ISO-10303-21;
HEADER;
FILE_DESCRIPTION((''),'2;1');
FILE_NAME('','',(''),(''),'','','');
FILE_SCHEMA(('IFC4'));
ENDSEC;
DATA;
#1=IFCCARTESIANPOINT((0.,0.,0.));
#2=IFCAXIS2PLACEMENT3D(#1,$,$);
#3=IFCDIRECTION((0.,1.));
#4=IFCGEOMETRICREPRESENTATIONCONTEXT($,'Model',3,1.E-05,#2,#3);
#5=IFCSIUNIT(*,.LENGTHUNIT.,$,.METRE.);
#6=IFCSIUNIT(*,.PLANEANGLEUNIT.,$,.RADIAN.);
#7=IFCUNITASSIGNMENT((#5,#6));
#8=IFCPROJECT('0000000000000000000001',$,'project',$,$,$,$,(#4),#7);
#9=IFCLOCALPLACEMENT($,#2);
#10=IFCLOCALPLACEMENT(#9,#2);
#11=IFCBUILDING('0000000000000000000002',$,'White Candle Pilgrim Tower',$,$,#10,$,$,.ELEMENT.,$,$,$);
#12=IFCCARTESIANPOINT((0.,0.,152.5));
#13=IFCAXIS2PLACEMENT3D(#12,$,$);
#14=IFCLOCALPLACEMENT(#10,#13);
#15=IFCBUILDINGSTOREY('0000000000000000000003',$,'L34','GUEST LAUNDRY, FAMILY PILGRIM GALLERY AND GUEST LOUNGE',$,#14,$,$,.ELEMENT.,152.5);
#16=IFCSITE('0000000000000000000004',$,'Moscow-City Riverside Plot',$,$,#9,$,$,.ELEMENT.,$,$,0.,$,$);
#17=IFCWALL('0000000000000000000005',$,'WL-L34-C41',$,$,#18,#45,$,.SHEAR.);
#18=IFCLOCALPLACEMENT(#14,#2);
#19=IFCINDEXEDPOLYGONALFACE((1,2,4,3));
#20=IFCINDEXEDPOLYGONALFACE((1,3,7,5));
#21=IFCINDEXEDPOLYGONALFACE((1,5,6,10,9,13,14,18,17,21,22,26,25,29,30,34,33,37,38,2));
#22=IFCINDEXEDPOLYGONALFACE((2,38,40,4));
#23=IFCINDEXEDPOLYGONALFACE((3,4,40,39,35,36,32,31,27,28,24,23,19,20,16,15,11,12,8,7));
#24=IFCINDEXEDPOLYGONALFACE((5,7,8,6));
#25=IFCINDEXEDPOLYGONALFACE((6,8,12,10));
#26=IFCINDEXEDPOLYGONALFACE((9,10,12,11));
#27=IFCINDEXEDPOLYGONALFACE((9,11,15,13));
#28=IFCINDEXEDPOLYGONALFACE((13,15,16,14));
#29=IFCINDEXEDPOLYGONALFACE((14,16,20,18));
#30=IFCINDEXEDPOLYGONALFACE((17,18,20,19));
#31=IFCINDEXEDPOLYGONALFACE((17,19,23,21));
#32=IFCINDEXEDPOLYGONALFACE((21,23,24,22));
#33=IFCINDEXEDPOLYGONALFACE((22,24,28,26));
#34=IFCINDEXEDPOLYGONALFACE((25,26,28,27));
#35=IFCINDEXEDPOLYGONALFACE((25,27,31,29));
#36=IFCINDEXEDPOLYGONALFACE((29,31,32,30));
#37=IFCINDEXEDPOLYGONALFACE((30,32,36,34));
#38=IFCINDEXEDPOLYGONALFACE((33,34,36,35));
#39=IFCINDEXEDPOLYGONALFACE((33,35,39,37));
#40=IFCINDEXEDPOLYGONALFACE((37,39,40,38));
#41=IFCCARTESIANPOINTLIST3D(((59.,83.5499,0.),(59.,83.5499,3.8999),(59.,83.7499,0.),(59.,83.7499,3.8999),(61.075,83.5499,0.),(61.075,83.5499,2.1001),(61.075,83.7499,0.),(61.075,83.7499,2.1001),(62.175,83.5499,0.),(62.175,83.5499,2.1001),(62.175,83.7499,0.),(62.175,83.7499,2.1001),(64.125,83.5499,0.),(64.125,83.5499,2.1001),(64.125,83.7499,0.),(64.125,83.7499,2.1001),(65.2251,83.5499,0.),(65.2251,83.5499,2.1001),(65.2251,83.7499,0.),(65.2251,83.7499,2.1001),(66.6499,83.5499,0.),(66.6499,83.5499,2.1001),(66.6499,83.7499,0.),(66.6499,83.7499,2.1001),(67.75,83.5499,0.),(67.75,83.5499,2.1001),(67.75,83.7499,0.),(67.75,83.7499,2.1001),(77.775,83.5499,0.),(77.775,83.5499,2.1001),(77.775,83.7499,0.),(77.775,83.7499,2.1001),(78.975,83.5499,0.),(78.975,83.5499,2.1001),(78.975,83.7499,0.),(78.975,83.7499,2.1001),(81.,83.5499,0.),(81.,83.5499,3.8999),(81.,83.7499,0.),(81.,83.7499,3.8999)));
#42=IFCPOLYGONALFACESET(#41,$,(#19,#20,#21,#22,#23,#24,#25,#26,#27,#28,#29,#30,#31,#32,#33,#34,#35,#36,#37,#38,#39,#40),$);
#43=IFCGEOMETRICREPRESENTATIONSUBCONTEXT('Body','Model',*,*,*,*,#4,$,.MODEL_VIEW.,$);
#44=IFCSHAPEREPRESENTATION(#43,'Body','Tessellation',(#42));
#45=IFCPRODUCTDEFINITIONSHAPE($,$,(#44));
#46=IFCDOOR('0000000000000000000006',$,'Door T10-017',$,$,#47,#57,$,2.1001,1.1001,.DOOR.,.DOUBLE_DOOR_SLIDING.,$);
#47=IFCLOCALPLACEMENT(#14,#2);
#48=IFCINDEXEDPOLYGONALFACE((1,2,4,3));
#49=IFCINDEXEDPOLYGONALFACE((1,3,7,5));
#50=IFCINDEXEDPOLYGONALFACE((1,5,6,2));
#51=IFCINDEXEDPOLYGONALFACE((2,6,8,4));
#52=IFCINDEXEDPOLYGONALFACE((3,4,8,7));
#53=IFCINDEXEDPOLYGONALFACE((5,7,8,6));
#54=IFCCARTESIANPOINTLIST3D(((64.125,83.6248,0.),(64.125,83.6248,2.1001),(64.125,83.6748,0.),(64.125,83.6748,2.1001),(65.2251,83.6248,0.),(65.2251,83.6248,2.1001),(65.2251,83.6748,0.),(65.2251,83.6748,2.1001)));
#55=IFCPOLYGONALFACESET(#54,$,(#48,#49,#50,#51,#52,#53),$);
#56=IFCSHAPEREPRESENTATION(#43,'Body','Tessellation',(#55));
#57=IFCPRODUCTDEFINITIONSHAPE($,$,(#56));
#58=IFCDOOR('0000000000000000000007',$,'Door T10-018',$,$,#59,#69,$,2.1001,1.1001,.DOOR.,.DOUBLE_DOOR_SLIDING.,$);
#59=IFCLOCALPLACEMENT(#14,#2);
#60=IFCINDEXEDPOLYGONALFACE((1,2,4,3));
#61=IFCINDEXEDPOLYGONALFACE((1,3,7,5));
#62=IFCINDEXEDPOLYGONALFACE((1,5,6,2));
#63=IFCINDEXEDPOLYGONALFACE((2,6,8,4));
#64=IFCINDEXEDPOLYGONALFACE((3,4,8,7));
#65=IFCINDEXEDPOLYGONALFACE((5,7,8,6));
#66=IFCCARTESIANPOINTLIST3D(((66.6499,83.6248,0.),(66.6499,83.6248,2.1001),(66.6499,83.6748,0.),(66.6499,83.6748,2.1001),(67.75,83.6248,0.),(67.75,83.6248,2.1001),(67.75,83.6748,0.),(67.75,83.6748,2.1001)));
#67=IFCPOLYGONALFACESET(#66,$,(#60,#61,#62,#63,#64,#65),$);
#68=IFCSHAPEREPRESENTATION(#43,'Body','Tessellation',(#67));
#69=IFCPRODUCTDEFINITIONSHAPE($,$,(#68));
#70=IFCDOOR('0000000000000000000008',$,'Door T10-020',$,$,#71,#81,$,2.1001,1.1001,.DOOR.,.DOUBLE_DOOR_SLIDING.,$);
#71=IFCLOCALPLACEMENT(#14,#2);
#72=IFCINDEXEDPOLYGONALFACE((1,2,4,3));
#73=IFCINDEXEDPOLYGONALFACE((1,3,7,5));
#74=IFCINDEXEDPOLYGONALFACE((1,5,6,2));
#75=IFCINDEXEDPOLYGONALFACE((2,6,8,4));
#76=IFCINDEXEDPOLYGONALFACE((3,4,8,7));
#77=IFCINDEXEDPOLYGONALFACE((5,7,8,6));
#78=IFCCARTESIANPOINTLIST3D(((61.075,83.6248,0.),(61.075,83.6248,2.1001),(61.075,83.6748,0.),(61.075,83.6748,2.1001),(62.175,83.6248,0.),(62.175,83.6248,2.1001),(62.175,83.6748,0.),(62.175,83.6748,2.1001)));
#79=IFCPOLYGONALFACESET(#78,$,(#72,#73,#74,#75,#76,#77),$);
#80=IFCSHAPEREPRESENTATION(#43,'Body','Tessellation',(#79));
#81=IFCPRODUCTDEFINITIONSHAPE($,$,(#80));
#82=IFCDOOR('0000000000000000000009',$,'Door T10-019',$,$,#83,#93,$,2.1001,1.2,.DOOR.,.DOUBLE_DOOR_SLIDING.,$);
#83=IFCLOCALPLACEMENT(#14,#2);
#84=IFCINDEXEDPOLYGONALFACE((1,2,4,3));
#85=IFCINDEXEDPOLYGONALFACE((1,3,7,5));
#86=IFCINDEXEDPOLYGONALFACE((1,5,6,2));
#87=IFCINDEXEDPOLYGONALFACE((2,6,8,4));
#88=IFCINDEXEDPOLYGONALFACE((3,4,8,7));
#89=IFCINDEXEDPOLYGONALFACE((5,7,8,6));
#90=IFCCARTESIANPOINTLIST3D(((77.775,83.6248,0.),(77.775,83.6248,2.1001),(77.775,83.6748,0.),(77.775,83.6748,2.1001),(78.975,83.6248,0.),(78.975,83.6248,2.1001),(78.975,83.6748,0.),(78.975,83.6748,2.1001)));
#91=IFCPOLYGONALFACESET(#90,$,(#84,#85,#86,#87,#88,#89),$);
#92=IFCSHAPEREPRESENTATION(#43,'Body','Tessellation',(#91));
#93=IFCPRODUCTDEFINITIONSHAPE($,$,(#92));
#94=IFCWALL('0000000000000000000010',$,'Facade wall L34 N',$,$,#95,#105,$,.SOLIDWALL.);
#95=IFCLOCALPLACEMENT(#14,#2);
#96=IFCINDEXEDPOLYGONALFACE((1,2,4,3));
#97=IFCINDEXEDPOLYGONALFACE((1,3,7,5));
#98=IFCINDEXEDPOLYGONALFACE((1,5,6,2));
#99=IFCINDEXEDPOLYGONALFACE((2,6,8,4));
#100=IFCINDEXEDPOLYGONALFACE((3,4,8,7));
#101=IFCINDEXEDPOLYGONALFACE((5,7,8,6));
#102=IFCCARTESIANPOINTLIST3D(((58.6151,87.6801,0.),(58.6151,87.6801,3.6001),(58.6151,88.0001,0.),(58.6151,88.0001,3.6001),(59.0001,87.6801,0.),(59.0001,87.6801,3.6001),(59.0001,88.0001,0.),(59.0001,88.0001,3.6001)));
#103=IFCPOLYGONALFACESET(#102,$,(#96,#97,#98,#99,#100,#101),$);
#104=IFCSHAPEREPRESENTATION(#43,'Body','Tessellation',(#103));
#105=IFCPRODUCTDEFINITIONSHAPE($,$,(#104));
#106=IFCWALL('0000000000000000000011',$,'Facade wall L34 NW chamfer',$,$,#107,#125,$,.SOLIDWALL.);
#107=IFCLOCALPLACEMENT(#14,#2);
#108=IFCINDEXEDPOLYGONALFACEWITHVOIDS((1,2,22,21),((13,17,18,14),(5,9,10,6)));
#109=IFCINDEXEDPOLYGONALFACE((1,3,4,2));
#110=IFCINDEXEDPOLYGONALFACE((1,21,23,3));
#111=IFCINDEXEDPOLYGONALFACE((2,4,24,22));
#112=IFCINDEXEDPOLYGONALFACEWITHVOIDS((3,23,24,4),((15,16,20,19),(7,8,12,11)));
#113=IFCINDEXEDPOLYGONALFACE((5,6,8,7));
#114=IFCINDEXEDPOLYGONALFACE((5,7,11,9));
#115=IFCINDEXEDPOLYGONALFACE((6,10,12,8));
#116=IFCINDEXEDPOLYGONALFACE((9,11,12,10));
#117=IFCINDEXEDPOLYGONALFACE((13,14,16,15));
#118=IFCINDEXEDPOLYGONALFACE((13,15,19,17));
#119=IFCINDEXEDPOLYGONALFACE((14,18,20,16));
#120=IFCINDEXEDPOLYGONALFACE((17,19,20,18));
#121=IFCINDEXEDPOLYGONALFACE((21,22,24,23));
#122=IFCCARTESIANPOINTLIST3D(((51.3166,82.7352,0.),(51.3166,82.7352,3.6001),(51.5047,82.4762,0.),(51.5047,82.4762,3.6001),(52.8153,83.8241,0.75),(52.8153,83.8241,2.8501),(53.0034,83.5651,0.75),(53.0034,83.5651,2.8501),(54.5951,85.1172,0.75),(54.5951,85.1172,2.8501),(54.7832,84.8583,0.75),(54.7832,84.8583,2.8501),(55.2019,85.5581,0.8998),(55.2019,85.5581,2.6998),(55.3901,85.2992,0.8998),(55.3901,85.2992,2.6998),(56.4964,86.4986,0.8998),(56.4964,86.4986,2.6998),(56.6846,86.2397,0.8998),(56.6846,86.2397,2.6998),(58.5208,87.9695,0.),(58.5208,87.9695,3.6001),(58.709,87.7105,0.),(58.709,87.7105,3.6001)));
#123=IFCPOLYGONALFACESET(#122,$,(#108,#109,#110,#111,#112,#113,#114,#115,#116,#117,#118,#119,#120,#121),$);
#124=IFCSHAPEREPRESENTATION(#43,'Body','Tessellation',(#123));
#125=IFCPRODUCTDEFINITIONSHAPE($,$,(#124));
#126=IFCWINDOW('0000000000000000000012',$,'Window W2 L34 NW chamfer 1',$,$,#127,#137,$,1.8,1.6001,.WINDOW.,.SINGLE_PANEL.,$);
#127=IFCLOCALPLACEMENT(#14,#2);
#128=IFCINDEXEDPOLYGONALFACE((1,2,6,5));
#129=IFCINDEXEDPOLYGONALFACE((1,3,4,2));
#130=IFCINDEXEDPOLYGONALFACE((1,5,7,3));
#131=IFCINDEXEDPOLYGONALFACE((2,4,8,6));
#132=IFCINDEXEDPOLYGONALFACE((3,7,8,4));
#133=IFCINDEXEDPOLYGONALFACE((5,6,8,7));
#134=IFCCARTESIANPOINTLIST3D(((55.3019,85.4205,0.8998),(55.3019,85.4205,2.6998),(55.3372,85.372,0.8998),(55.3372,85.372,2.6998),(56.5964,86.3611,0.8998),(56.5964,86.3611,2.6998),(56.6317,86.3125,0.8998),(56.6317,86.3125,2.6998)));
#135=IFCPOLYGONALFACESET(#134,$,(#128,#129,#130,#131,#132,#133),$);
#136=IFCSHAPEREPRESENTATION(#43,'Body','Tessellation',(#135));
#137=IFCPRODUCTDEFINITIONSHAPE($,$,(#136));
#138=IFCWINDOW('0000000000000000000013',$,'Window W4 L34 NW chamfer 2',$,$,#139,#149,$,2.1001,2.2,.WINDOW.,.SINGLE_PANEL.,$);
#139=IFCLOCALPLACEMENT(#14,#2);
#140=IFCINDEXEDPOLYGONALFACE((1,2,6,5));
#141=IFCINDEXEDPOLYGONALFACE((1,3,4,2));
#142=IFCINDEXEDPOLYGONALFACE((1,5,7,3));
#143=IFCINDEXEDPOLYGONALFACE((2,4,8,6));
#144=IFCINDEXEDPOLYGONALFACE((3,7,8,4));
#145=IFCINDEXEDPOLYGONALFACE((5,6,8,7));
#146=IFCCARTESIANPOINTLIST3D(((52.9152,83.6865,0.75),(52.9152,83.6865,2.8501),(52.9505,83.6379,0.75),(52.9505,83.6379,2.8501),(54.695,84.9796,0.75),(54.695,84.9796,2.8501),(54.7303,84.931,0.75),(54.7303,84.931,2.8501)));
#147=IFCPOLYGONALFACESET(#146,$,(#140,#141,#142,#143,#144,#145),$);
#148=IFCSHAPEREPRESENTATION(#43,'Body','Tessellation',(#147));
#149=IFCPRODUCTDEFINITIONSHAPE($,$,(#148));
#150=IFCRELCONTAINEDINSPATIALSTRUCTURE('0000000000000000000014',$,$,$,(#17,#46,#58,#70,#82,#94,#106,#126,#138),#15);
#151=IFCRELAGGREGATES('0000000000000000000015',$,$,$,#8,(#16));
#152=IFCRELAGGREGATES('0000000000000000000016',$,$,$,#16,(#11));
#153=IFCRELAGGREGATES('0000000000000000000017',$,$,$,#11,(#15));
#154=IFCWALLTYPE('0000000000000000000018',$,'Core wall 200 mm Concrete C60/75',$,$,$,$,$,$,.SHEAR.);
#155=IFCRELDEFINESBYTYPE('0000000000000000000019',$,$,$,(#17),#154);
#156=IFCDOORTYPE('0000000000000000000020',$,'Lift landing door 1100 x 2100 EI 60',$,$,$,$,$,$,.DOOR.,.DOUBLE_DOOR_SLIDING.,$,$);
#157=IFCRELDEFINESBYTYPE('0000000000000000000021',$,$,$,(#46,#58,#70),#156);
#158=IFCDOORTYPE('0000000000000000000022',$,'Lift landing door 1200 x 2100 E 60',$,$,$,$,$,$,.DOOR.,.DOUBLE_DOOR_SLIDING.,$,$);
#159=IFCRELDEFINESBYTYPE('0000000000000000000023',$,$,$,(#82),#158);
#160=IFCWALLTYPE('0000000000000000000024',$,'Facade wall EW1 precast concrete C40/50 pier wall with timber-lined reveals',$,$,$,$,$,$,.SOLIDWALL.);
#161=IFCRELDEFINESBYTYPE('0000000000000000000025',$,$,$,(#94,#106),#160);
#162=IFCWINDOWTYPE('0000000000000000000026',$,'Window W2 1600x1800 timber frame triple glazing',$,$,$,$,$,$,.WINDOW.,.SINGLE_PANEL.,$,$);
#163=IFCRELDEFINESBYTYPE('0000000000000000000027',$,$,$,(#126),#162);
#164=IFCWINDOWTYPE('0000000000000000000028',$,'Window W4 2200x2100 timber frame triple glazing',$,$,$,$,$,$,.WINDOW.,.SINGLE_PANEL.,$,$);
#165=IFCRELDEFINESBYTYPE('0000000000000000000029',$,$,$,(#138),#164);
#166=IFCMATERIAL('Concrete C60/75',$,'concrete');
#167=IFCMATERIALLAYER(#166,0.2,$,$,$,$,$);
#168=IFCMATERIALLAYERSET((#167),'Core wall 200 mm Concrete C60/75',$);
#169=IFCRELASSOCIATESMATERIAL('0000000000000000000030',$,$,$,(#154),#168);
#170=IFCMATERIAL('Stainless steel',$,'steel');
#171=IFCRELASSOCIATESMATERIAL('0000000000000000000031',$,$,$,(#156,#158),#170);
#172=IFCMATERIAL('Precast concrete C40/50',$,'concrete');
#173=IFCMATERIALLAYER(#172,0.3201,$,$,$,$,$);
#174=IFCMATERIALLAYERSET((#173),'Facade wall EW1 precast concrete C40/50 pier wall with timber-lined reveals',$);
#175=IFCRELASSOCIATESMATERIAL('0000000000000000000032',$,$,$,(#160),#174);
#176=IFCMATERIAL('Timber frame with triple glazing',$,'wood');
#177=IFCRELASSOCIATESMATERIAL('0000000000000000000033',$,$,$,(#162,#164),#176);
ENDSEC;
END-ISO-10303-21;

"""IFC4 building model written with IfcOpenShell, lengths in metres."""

from ifc_helpers import new_model, si_unit, direction, frame, frame_2d, origin, place, context, subcontext, project, spatial, rectangle, extrude, material, layer, layer_set, type_object, element, fill, save


model = new_model("IFC4")

# Units and contexts
model_context = context("Model", 3, precision=1e-05, world=origin(), true_north=direction((0.0, 1.0)))
body_context = subcontext(model_context, "Body", "Model", "MODEL_VIEW")
ifc_project = project(units=[si_unit("LENGTHUNIT", "METRE"), si_unit("PLANEANGLEUNIT", "RADIAN")], contexts=[model_context])

# Site, building, storey
site_placement = place(None, origin())
site = spatial("IfcSite", under=ifc_project, at=site_placement, Name="Moscow-City Riverside Plot", CompositionType="ELEMENT", RefElevation=0.0)
building_placement = place(site_placement, origin())
building = spatial("IfcBuilding", under=site, at=building_placement, Name="White Candle Pilgrim Tower", CompositionType="ELEMENT")
storey_placement = place(building_placement, frame((0.0, 0.0, 152.5)))
storey = spatial("IfcBuildingStorey", under=building, at=storey_placement, Name="L34", Description="GUEST LAUNDRY, FAMILY PILGRIM GALLERY AND GUEST LOUNGE", CompositionType="ELEMENT", Elevation=152.5)

# Shared definitions
ifc_material_1 = material(Name="Concrete C60/75", Category="concrete")
ifc_layer_1 = layer(ifc_material_1, 0.2)
ifc_layer_set_1 = layer_set([ifc_layer_1], Name="Core wall 200 mm Concrete C60/75")
wall_type_1 = type_object("IfcWallType", Name="Core wall 200 mm Concrete C60/75", PredefinedType="SHEAR", material=ifc_layer_set_1)

# Wall, openings, doors
wall_1_placement = place(storey_placement, frame((59.0, 83.6499, 0.0), z_axis=(0.0, 0.0, 1.0), x_axis=(1.0, 0.0, 0.0)))
wall_1 = element("IfcWall", 1, at=wall_1_placement, inside=storey, type_object=wall_type_1, Name="WL-L34-C41", PredefinedType="SHEAR", context=body_context, shape_type="SweptSolid", body=[
    extrude(rectangle(XDim=22.0, YDim=0.2, at=frame_2d((11.0, 0.0))), origin(), (0.0, 0.0, 1.0), 3.8999),
])
opening_1_placement = place(wall_1_placement, frame((5.125, 0.0, 0.0)))
opening_1 = element("IfcOpeningElement", 2, at=opening_1_placement, cuts=wall_1, PredefinedType="OPENING", context=body_context, shape_type="SweptSolid", body=[
    extrude(rectangle(XDim=1.1001, YDim=2.1001, at=frame_2d((0.55, 1.05))), frame((0.0, 0.1099, 0.0), z_axis=(0.0, -1.0, 0.0), x_axis=(1.0, 0.0, 0.0)), (0.0, 0.0, 1.0), 0.22),
])
opening_2_placement = place(wall_1_placement, frame((7.6499, 0.0, 0.0)))
opening_2 = element("IfcOpeningElement", 3, at=opening_2_placement, cuts=wall_1, PredefinedType="OPENING", context=body_context, shape_type="SweptSolid", body=[
    extrude(rectangle(XDim=1.1001, YDim=2.1001, at=frame_2d((0.55, 1.05))), frame((0.0, 0.1099, 0.0), z_axis=(0.0, -1.0, 0.0), x_axis=(1.0, 0.0, 0.0)), (0.0, 0.0, 1.0), 0.22),
])
opening_3_placement = place(wall_1_placement, frame((18.7749, 0.0, 0.0)))
opening_3 = element("IfcOpeningElement", 4, at=opening_3_placement, cuts=wall_1, PredefinedType="OPENING", context=body_context, shape_type="SweptSolid", body=[
    extrude(rectangle(XDim=1.2, YDim=2.1001, at=frame_2d((0.6001, 1.05))), frame((0.0, 0.1099, 0.0), z_axis=(0.0, -1.0, 0.0), x_axis=(1.0, 0.0, 0.0)), (0.0, 0.0, 1.0), 0.22),
])
opening_4_placement = place(wall_1_placement, frame((2.075, 0.0, 0.0)))
opening_4 = element("IfcOpeningElement", 5, at=opening_4_placement, cuts=wall_1, PredefinedType="OPENING", context=body_context, shape_type="SweptSolid", body=[
    extrude(rectangle(XDim=1.1001, YDim=2.1001, at=frame_2d((0.55, 1.05))), frame((0.0, 0.1099, 0.0), z_axis=(0.0, -1.0, 0.0), x_axis=(1.0, 0.0, 0.0)), (0.0, 0.0, 1.0), 0.22),
])
ifc_material_2 = material(Name="Stainless steel", Category="steel")
door_type_1 = type_object("IfcDoorType", Name="Lift landing door 1100 x 2100 EI 60", OperationType="DOUBLE_DOOR_SLIDING", PredefinedType="DOOR", material=ifc_material_2)
door_1_placement = place(opening_1_placement, origin())
door_1 = element("IfcDoor", 6, at=door_1_placement, inside=storey, type_object=door_type_1, Name="Door T10-017", OperationType="DOUBLE_DOOR_SLIDING", OverallHeight=2.1001, OverallWidth=1.1001, PredefinedType="DOOR", context=body_context, shape_type="SweptSolid", body=[
    extrude(rectangle(XDim=1.1001, YDim=2.1001, at=frame_2d((0.55, 1.05))), frame((0.0, 0.0249, 0.0), z_axis=(0.0, -1.0, 0.0), x_axis=(1.0, 0.0, 0.0)), (0.0, 0.0, 1.0), 0.05),
])
fill(opening_1, door_1)
door_2_placement = place(opening_2_placement, origin())
door_2 = element("IfcDoor", 7, at=door_2_placement, inside=storey, type_object=door_type_1, Name="Door T10-018", OperationType="DOUBLE_DOOR_SLIDING", OverallHeight=2.1001, OverallWidth=1.1001, PredefinedType="DOOR", context=body_context, shape_type="SweptSolid", body=[
    extrude(rectangle(XDim=1.1001, YDim=2.1001, at=frame_2d((0.55, 1.05))), frame((0.0, 0.0249, 0.0), z_axis=(0.0, -1.0, 0.0), x_axis=(1.0, 0.0, 0.0)), (0.0, 0.0, 1.0), 0.05),
])
fill(opening_2, door_2)
door_3_placement = place(opening_4_placement, origin())
door_3 = element("IfcDoor", 8, at=door_3_placement, inside=storey, type_object=door_type_1, Name="Door T10-020", OperationType="DOUBLE_DOOR_SLIDING", OverallHeight=2.1001, OverallWidth=1.1001, PredefinedType="DOOR", context=body_context, shape_type="SweptSolid", body=[
    extrude(rectangle(XDim=1.1001, YDim=2.1001, at=frame_2d((0.55, 1.05))), frame((0.0, 0.0249, 0.0), z_axis=(0.0, -1.0, 0.0), x_axis=(1.0, 0.0, 0.0)), (0.0, 0.0, 1.0), 0.05),
])
fill(opening_4, door_3)
door_type_2 = type_object("IfcDoorType", Name="Lift landing door 1200 x 2100 E 60", OperationType="DOUBLE_DOOR_SLIDING", PredefinedType="DOOR", material=ifc_material_2)
door_4_placement = place(opening_3_placement, origin())
door_4 = element("IfcDoor", 9, at=door_4_placement, inside=storey, type_object=door_type_2, Name="Door T10-019", OperationType="DOUBLE_DOOR_SLIDING", OverallHeight=2.1001, OverallWidth=1.2, PredefinedType="DOOR", context=body_context, shape_type="SweptSolid", body=[
    extrude(rectangle(XDim=1.2, YDim=2.1001, at=frame_2d((0.6001, 1.05))), frame((0.0, 0.0249, 0.0), z_axis=(0.0, -1.0, 0.0), x_axis=(1.0, 0.0, 0.0)), (0.0, 0.0, 1.0), 0.05),
])
fill(opening_3, door_4)

# Wall
ifc_material_3 = material(Name="Precast concrete C40/50", Category="concrete")
ifc_layer_2 = layer(ifc_material_3, 0.3201)
ifc_layer_set_2 = layer_set([ifc_layer_2], Name="Facade wall EW1 precast concrete C40/50 pier wall with timber-lined reveals")
wall_type_2 = type_object("IfcWallType", Name="Facade wall EW1 precast concrete C40/50 pier wall with timber-lined reveals", PredefinedType="SOLIDWALL", material=ifc_layer_set_2)
wall_2_placement = place(storey_placement, frame((59.0, 87.8401, 0.0), z_axis=(0.0, 0.0, 1.0), x_axis=(-1.0, 0.0, 0.0)))
element("IfcWall", 10, at=wall_2_placement, inside=storey, type_object=wall_type_2, Name="Facade wall L34 N", PredefinedType="SOLIDWALL", context=body_context, shape_type="SweptSolid", body=[
    extrude(rectangle(XDim=0.385, YDim=0.3201, at=frame_2d((0.1924, 0.0))), origin(), (0.0, 0.0, 1.0), 3.6001),
])

# Wall, openings, windows
wall_3_placement = place(storey_placement, frame((58.615, 87.8401, 0.0), z_axis=(0.0, 0.0, 1.0), x_axis=(-0.809011, -0.587793, 0.0)))
wall_3 = element("IfcWall", 11, at=wall_3_placement, inside=storey, type_object=wall_type_2, Name="Facade wall L34 NW chamfer", PredefinedType="SOLIDWALL", context=body_context, shape_type="SweptSolid", body=[
    extrude(rectangle(XDim=8.905, YDim=0.3201, at=frame_2d((4.4526, 0.0))), origin(), (0.0, 0.0, 1.0), 3.6001),
])
opening_5_placement = place(wall_3_placement, frame((2.5024, 0.0, 0.8999)))
opening_5 = element("IfcOpeningElement", 12, at=opening_5_placement, cuts=wall_3, PredefinedType="OPENING", context=body_context, shape_type="SweptSolid", body=[
    extrude(rectangle(XDim=1.6001, YDim=1.8, at=frame_2d((0.8, 0.8999))), frame((0.0, 0.1699, 0.0), z_axis=(0.0, -1.0, 0.0), x_axis=(1.0, 0.0, 0.0)), (0.0, 0.0, 1.0), 0.3401),
])
opening_6_placement = place(wall_3_placement, frame((4.8525, 0.0, 0.75)))
opening_6 = element("IfcOpeningElement", 13, at=opening_6_placement, cuts=wall_3, PredefinedType="OPENING", context=body_context, shape_type="SweptSolid", body=[
    extrude(rectangle(XDim=2.2, YDim=2.1001, at=frame_2d((1.1001, 1.05))), frame((0.0, 0.1699, 0.0), z_axis=(0.0, -1.0, 0.0), x_axis=(1.0, 0.0, 0.0)), (0.0, 0.0, 1.0), 0.3401),
])
ifc_material_4 = material(Name="Timber frame with triple glazing", Category="wood")
window_type_1 = type_object("IfcWindowType", Name="Window W2 1600x1800 timber frame triple glazing", PartitioningType="SINGLE_PANEL", PredefinedType="WINDOW", material=ifc_material_4)
window_1_placement = place(opening_5_placement, origin())
window_1 = element("IfcWindow", 14, at=window_1_placement, inside=storey, type_object=window_type_1, Name="Window W2 L34 NW chamfer 1", OverallHeight=1.8, OverallWidth=1.6001, PartitioningType="SINGLE_PANEL", PredefinedType="WINDOW", context=body_context, shape_type="SweptSolid", body=[
    extrude(rectangle(XDim=1.6001, YDim=1.8, at=frame_2d((0.8, 0.8999))), frame((0.0, 0.0701, 0.0), z_axis=(0.0, -1.0, 0.0), x_axis=(1.0, 0.0, 0.0)), (0.0, 0.0, 1.0), 0.0601),
])
fill(opening_5, window_1)
window_type_2 = type_object("IfcWindowType", Name="Window W4 2200x2100 timber frame triple glazing", PartitioningType="SINGLE_PANEL", PredefinedType="WINDOW", material=ifc_material_4)
window_2_placement = place(opening_6_placement, origin())
window_2 = element("IfcWindow", 15, at=window_2_placement, inside=storey, type_object=window_type_2, Name="Window W4 L34 NW chamfer 2", OverallHeight=2.1001, OverallWidth=2.2, PartitioningType="SINGLE_PANEL", PredefinedType="WINDOW", context=body_context, shape_type="SweptSolid", body=[
    extrude(rectangle(XDim=2.2, YDim=2.1001, at=frame_2d((1.1001, 1.05))), frame((0.0, 0.0701, 0.0), z_axis=(0.0, -1.0, 0.0), x_axis=(1.0, 0.0, 0.0)), (0.0, 0.0, 1.0), 0.0601),
])
fill(opening_6, window_2)

save(model, "model.ifc")
